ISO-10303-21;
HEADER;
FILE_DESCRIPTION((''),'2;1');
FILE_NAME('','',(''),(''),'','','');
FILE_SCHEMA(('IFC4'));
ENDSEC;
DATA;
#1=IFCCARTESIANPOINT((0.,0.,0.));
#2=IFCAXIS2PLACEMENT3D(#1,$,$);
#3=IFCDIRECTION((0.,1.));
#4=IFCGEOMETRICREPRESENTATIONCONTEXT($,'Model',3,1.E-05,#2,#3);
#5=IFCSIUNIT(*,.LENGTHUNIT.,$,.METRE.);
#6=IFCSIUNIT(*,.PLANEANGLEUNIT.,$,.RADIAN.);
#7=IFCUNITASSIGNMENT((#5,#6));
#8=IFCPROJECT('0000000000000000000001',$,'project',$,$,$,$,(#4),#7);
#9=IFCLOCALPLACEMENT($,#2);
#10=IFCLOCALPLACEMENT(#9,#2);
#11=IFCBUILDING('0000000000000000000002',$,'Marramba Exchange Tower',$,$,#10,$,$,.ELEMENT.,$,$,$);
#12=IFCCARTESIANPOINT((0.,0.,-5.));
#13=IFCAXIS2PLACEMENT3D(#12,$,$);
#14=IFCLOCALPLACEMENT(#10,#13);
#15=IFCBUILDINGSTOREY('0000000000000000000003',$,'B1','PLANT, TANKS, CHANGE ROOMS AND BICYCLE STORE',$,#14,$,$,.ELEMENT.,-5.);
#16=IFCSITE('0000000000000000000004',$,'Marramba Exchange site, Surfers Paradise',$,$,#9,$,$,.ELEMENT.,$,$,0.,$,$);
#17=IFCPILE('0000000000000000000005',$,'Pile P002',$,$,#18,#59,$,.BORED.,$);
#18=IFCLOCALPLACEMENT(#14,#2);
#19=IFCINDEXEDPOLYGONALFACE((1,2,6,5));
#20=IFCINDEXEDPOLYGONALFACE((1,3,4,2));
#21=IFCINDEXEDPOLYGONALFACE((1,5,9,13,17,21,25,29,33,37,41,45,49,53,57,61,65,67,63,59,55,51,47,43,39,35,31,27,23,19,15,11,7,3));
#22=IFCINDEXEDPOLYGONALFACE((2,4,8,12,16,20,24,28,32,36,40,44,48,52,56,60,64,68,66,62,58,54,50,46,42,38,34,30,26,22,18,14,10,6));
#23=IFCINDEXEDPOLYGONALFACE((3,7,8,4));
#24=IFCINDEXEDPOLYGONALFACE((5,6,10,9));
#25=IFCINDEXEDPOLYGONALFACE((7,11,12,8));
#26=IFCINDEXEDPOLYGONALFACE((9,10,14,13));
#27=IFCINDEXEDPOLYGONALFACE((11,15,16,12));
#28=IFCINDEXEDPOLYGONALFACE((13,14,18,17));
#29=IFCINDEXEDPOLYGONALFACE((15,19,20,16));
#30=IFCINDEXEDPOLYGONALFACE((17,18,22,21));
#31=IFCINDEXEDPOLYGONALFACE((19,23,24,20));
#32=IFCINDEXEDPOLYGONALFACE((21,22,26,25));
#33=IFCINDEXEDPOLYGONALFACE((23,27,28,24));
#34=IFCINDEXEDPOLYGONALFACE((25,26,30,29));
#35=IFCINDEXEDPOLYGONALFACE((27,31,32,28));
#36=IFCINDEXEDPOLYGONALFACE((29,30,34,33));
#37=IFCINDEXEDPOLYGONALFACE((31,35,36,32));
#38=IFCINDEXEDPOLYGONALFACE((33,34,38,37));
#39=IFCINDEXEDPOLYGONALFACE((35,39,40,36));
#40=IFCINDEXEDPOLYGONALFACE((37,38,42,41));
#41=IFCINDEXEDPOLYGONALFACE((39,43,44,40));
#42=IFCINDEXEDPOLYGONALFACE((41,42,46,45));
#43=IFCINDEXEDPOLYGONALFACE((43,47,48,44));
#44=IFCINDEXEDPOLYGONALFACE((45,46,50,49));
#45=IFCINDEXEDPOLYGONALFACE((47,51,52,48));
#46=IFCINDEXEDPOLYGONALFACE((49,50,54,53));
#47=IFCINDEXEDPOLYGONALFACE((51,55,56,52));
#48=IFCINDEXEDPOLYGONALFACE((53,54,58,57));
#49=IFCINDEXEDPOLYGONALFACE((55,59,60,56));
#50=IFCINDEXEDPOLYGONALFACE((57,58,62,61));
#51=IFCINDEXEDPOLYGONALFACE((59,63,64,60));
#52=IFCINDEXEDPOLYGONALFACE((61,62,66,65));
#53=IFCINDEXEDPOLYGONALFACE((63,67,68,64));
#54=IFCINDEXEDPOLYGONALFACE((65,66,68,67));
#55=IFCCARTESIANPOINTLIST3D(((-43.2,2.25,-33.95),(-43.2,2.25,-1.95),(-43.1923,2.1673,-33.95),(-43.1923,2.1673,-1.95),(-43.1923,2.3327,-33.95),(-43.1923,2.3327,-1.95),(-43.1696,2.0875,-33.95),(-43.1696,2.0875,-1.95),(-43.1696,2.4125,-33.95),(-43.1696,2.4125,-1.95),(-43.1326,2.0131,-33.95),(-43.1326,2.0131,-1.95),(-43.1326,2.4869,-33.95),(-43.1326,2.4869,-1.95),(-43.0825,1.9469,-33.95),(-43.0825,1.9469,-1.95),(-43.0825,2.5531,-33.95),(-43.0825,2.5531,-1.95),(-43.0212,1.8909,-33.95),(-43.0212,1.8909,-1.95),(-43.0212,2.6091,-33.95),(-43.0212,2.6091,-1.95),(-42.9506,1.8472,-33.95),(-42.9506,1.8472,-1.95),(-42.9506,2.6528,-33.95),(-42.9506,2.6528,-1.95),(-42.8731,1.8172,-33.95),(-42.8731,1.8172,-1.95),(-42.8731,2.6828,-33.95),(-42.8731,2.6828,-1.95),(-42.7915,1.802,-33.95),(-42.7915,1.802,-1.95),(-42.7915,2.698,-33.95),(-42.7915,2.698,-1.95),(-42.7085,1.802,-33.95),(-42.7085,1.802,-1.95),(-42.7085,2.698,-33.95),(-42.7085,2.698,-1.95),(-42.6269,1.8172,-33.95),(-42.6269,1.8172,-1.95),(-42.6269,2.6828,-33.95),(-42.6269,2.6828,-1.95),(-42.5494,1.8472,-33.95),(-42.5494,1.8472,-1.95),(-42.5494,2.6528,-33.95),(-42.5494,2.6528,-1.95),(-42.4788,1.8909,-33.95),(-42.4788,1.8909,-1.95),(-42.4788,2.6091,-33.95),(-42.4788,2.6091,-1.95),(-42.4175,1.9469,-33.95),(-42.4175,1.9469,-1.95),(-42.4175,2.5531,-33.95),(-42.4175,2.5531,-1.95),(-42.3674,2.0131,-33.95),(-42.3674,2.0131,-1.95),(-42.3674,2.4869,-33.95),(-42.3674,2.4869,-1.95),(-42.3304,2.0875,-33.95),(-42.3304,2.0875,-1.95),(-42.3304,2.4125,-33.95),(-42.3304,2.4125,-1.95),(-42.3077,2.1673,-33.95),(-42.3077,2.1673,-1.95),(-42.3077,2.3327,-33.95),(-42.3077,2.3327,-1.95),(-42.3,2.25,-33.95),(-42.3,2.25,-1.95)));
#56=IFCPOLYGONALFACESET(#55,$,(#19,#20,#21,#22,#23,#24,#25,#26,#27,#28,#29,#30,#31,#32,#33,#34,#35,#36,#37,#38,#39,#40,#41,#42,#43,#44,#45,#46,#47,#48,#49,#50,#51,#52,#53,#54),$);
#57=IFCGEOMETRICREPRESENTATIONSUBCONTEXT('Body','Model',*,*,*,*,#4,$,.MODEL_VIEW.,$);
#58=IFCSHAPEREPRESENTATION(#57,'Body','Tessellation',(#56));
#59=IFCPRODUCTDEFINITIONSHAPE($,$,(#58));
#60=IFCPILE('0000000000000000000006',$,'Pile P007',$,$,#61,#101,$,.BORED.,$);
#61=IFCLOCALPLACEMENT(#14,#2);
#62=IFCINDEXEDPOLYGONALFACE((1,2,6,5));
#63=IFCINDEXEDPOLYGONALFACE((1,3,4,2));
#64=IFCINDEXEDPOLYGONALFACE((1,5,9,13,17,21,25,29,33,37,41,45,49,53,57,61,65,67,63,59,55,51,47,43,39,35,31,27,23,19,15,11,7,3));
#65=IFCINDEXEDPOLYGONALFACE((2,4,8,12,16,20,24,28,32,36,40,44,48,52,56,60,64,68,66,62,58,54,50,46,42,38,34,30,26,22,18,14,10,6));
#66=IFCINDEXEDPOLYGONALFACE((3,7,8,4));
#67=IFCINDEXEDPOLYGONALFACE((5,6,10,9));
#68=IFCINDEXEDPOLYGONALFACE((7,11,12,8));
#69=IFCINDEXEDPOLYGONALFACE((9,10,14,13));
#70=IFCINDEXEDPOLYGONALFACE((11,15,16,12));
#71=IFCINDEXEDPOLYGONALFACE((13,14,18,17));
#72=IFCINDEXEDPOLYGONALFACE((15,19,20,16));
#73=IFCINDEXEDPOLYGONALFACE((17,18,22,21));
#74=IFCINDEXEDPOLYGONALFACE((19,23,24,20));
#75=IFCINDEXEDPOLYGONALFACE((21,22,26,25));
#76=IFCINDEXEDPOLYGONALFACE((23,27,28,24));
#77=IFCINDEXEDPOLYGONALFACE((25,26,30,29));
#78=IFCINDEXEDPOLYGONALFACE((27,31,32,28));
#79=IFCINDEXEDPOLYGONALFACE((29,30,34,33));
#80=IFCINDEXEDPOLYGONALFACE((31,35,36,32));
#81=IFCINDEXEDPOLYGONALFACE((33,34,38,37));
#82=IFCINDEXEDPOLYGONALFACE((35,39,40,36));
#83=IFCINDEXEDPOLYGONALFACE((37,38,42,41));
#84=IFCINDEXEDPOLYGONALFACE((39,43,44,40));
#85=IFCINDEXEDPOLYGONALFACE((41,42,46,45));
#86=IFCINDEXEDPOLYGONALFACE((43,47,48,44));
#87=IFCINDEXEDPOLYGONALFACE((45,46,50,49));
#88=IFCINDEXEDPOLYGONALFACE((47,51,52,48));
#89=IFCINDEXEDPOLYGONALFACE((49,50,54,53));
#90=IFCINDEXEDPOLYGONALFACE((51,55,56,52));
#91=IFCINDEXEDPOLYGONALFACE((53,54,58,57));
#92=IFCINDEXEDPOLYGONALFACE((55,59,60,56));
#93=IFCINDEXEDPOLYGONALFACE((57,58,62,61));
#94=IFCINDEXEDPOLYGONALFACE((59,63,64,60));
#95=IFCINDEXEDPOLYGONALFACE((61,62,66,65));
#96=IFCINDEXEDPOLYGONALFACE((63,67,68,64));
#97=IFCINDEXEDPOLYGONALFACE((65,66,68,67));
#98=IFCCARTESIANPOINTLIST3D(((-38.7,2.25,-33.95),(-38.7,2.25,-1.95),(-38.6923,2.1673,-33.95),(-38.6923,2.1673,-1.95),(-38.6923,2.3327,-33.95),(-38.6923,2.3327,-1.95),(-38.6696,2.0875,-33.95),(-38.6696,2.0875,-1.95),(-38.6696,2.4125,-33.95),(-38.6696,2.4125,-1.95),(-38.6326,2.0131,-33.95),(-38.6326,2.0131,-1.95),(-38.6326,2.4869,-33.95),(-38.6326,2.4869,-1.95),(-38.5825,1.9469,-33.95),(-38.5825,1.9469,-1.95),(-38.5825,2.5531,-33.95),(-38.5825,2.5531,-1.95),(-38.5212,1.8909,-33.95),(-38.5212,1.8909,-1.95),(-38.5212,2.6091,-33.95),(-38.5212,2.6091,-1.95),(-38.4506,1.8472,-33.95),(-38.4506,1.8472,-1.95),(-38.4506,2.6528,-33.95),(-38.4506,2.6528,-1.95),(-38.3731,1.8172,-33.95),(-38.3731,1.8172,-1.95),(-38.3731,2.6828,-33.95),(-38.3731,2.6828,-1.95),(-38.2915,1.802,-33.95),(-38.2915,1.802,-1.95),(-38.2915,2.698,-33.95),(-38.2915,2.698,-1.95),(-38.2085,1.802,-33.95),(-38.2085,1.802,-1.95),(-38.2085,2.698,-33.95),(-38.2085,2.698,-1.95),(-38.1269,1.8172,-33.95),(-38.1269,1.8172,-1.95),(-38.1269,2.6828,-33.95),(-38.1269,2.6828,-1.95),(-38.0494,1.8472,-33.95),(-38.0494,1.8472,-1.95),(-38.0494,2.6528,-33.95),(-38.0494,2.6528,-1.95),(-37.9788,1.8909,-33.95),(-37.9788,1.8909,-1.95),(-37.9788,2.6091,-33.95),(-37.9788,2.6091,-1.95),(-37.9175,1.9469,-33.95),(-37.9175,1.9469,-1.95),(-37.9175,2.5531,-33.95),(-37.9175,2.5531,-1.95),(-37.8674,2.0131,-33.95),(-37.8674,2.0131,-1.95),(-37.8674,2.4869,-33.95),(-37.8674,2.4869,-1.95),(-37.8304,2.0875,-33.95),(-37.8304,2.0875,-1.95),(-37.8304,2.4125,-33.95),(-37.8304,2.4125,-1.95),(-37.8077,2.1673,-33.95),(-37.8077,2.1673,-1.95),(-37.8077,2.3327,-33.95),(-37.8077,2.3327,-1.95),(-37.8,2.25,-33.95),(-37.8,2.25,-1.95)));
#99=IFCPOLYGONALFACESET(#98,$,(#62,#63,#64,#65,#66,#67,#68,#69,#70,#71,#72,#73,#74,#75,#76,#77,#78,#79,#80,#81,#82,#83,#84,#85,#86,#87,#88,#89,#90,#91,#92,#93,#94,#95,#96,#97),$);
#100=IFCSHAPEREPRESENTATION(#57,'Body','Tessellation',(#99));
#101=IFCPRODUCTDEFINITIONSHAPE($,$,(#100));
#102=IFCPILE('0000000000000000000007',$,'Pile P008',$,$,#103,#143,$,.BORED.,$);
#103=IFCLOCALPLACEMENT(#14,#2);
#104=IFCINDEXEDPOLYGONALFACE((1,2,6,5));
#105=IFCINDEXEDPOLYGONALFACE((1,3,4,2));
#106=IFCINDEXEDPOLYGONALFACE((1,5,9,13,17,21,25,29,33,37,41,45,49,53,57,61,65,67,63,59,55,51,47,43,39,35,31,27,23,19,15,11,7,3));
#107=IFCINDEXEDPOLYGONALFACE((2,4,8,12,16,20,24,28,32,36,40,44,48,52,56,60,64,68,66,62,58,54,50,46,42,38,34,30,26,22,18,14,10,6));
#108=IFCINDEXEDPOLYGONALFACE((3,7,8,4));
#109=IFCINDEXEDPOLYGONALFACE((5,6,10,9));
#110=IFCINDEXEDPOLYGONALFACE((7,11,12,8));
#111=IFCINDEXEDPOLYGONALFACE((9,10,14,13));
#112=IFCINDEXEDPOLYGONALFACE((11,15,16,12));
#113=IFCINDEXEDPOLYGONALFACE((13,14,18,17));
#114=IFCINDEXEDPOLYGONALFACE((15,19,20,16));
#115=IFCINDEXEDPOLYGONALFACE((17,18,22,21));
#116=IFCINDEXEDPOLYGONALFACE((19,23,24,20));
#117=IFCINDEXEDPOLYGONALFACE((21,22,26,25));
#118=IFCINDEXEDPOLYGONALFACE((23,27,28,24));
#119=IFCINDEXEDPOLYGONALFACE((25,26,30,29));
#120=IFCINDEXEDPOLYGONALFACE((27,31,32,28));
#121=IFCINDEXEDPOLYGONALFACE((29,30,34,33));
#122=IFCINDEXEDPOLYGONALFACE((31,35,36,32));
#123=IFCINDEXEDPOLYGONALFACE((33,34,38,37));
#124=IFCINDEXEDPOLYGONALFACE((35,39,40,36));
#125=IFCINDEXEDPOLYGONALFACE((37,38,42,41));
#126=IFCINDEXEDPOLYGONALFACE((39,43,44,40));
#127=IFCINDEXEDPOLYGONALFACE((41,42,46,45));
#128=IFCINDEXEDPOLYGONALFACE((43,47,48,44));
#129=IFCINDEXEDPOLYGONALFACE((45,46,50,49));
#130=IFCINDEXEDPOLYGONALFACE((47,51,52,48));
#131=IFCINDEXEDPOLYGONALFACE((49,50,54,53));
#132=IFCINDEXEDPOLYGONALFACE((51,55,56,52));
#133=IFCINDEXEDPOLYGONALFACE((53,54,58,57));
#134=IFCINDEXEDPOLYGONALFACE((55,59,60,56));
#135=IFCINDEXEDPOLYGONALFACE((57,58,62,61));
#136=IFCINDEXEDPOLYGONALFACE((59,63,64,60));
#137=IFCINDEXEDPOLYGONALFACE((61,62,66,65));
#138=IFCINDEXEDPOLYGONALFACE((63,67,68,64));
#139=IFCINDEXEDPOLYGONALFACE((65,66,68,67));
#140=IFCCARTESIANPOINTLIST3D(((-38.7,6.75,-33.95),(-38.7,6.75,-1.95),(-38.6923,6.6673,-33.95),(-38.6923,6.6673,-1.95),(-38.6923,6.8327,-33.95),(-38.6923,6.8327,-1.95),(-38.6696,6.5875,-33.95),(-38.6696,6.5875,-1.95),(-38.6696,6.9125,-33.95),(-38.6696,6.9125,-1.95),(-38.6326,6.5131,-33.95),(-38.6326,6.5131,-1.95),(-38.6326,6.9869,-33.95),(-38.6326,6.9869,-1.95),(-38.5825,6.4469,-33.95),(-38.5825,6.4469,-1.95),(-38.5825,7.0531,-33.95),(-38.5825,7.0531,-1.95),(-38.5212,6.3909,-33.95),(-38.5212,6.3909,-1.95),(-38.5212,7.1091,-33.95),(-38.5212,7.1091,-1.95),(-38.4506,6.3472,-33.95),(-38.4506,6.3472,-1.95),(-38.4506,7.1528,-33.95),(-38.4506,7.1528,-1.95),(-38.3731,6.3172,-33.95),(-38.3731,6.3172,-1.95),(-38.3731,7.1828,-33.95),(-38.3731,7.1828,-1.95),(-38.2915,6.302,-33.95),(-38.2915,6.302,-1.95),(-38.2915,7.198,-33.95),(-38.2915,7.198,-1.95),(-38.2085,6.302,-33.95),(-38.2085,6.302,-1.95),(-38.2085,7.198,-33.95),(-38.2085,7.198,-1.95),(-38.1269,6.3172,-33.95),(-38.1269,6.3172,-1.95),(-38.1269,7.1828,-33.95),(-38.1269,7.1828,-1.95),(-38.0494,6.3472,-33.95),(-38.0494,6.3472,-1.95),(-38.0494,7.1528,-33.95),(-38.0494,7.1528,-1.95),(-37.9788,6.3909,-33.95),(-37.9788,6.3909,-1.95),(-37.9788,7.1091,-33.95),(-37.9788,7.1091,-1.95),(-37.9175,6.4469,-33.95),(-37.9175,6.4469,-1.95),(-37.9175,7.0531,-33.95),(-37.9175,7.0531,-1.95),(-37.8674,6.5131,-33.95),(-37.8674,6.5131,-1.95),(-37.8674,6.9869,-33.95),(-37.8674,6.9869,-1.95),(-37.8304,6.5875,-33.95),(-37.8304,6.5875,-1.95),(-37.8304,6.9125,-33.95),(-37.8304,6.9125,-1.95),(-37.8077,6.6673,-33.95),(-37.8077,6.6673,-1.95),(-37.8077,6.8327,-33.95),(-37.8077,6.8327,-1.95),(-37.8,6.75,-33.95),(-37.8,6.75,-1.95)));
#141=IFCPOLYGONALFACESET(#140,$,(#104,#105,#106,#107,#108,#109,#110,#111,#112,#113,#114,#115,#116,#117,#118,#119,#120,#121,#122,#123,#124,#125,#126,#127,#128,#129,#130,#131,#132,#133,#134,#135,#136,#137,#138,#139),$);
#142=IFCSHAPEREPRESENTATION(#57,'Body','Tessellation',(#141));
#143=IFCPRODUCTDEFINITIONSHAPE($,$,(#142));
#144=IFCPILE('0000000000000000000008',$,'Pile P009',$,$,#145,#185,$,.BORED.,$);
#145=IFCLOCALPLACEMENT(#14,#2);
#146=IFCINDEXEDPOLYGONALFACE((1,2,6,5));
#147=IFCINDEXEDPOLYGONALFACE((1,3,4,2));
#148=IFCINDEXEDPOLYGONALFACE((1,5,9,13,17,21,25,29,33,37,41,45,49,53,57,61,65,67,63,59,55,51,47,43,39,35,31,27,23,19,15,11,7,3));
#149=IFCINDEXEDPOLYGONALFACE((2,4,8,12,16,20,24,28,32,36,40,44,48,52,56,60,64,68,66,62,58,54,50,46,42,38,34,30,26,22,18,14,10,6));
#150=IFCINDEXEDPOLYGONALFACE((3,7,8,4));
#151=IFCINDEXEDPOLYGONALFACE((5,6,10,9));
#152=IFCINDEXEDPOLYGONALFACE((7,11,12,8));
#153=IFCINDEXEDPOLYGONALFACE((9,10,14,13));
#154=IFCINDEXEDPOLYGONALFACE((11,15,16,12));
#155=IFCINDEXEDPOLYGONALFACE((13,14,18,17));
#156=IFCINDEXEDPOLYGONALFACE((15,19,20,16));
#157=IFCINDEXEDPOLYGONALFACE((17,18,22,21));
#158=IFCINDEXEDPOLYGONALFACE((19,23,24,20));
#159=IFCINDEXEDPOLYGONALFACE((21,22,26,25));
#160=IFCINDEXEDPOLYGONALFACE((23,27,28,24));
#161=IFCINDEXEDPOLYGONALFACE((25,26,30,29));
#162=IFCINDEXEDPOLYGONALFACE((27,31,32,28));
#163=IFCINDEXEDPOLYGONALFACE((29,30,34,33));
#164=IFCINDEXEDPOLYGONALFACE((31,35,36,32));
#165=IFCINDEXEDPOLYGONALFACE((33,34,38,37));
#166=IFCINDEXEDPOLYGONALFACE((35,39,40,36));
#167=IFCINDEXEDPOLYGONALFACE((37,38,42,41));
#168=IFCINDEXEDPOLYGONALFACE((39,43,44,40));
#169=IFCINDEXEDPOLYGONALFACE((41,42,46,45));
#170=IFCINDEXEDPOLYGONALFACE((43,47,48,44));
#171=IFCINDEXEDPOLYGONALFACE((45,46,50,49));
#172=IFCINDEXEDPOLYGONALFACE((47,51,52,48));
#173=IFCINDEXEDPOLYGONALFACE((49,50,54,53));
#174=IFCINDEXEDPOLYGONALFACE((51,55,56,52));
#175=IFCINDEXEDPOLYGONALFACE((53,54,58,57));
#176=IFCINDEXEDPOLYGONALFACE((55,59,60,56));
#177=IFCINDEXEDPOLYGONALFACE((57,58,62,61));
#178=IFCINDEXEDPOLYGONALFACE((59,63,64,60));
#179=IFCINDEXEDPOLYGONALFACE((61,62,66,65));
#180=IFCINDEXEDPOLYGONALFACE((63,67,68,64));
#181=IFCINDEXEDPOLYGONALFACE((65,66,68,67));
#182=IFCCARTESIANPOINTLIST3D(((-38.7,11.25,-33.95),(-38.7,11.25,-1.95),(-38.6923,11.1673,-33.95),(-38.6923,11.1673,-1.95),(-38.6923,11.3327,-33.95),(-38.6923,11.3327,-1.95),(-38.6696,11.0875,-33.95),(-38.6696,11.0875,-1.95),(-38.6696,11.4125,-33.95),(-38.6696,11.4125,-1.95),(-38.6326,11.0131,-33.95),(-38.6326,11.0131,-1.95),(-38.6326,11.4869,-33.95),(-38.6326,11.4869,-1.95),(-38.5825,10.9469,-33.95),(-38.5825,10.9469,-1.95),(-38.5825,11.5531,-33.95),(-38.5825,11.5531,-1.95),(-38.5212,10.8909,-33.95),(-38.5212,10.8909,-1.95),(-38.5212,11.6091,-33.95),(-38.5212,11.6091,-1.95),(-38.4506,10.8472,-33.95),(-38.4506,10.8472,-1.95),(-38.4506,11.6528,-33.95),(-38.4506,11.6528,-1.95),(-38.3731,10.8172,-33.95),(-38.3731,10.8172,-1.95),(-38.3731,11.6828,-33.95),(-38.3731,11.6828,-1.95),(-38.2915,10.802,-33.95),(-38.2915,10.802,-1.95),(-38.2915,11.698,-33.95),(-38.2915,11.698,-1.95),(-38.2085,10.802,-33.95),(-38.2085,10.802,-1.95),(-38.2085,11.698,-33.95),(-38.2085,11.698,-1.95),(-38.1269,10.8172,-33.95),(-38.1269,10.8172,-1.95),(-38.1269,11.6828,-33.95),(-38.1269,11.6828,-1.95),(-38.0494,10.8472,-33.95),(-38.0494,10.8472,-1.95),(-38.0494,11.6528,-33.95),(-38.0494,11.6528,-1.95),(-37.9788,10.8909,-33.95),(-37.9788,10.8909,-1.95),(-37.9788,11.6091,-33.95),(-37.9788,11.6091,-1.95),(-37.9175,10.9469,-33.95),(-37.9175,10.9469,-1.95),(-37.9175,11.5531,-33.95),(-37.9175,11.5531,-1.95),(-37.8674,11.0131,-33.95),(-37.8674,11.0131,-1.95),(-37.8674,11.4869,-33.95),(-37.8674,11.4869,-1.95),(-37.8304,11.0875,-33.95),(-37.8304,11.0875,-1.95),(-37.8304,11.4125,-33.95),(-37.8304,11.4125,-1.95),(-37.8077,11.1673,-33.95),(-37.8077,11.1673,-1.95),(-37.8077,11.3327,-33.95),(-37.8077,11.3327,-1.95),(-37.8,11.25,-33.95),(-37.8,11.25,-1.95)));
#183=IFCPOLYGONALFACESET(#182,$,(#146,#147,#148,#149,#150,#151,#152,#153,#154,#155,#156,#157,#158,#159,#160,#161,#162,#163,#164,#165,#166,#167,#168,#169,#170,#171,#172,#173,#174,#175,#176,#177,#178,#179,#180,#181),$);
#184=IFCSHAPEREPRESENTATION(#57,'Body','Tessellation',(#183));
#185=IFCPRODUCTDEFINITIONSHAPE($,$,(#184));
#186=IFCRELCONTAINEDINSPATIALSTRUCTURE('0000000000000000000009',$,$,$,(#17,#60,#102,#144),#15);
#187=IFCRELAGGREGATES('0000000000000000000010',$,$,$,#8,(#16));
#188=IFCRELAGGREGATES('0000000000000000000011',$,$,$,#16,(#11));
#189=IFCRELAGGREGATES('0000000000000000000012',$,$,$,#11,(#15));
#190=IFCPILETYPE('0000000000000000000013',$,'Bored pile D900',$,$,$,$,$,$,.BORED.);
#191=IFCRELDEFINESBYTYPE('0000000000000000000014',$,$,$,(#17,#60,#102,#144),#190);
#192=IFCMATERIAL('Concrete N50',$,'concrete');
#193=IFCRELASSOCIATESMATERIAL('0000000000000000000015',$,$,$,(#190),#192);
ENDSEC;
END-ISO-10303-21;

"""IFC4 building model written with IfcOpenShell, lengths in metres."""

from ifc_helpers import new_model, si_unit, direction, frame, origin, origin_2d, place, context, subcontext, project, spatial, circle, extrude, material, material_profile, profile_set, type_object, element, save


model = new_model("IFC4")

# Units and contexts
model_context = context("Model", 3, precision=1e-05, world=origin(), true_north=direction((0.0, 1.0)))
body_context = subcontext(model_context, "Body", "Model", "MODEL_VIEW")
ifc_project = project(units=[si_unit("LENGTHUNIT", "METRE"), si_unit("PLANEANGLEUNIT", "RADIAN")], contexts=[model_context])

# Site, building, storey
site_placement = place(None, origin())
site = spatial("IfcSite", under=ifc_project, at=site_placement, Name="Marramba Exchange site, Surfers Paradise", CompositionType="ELEMENT", RefElevation=0.0)
building_placement = place(site_placement, origin())
building = spatial("IfcBuilding", under=site, at=building_placement, Name="Marramba Exchange Tower", CompositionType="ELEMENT")
storey_placement = place(building_placement, frame((0.0, 0.0, -5.0)))
storey = spatial("IfcBuildingStorey", under=building, at=storey_placement, Name="B1", Description="PLANT, TANKS, CHANGE ROOMS AND BICYCLE STORE", CompositionType="ELEMENT", Elevation=-5.0)

# Piles
ifc_material_1 = material(Name="Concrete N50", Category="concrete")
ifc_material_profile_1 = material_profile(ifc_material_1, circle(Radius=0.45, at=origin_2d()), Name="BP D900")
ifc_profile_set_1 = profile_set([ifc_material_profile_1], Name="Concrete N50")
pile_type = type_object("IfcPileType", Name="Bored pile D900", PredefinedType="BORED", material=ifc_profile_set_1)
for number, where, z_axis, x_axis, name in (
    (1, (-42.75, 2.25, -1.95), (0.0, 0.0, -1.0), (1.0, 0.0, 0.0), "Pile P002"),
    (2, (-38.25, 2.25, -1.95), (0.0, 0.0, -1.0), (1.0, 0.0, 0.0), "Pile P007"),
    (3, (-38.25, 6.75, -1.95), (0.0, 0.0, -1.0), (1.0, 0.0, 0.0), "Pile P008"),
    (4, (-38.25, 11.25, -1.95), (0.0, 0.0, -1.0), (1.0, 0.0, 0.0), "Pile P009"),
):
    element("IfcPile", number, at=place(storey_placement, frame(where, z_axis=z_axis, x_axis=x_axis)), inside=storey, type_object=pile_type, Name=name, PredefinedType="BORED", context=body_context, shape_type="SweptSolid", body=[
        extrude(circle(Radius=0.45, at=origin_2d()), origin(), (0.0, 0.0, 1.0), 32.0),
    ])

save(model, "model.ifc")
